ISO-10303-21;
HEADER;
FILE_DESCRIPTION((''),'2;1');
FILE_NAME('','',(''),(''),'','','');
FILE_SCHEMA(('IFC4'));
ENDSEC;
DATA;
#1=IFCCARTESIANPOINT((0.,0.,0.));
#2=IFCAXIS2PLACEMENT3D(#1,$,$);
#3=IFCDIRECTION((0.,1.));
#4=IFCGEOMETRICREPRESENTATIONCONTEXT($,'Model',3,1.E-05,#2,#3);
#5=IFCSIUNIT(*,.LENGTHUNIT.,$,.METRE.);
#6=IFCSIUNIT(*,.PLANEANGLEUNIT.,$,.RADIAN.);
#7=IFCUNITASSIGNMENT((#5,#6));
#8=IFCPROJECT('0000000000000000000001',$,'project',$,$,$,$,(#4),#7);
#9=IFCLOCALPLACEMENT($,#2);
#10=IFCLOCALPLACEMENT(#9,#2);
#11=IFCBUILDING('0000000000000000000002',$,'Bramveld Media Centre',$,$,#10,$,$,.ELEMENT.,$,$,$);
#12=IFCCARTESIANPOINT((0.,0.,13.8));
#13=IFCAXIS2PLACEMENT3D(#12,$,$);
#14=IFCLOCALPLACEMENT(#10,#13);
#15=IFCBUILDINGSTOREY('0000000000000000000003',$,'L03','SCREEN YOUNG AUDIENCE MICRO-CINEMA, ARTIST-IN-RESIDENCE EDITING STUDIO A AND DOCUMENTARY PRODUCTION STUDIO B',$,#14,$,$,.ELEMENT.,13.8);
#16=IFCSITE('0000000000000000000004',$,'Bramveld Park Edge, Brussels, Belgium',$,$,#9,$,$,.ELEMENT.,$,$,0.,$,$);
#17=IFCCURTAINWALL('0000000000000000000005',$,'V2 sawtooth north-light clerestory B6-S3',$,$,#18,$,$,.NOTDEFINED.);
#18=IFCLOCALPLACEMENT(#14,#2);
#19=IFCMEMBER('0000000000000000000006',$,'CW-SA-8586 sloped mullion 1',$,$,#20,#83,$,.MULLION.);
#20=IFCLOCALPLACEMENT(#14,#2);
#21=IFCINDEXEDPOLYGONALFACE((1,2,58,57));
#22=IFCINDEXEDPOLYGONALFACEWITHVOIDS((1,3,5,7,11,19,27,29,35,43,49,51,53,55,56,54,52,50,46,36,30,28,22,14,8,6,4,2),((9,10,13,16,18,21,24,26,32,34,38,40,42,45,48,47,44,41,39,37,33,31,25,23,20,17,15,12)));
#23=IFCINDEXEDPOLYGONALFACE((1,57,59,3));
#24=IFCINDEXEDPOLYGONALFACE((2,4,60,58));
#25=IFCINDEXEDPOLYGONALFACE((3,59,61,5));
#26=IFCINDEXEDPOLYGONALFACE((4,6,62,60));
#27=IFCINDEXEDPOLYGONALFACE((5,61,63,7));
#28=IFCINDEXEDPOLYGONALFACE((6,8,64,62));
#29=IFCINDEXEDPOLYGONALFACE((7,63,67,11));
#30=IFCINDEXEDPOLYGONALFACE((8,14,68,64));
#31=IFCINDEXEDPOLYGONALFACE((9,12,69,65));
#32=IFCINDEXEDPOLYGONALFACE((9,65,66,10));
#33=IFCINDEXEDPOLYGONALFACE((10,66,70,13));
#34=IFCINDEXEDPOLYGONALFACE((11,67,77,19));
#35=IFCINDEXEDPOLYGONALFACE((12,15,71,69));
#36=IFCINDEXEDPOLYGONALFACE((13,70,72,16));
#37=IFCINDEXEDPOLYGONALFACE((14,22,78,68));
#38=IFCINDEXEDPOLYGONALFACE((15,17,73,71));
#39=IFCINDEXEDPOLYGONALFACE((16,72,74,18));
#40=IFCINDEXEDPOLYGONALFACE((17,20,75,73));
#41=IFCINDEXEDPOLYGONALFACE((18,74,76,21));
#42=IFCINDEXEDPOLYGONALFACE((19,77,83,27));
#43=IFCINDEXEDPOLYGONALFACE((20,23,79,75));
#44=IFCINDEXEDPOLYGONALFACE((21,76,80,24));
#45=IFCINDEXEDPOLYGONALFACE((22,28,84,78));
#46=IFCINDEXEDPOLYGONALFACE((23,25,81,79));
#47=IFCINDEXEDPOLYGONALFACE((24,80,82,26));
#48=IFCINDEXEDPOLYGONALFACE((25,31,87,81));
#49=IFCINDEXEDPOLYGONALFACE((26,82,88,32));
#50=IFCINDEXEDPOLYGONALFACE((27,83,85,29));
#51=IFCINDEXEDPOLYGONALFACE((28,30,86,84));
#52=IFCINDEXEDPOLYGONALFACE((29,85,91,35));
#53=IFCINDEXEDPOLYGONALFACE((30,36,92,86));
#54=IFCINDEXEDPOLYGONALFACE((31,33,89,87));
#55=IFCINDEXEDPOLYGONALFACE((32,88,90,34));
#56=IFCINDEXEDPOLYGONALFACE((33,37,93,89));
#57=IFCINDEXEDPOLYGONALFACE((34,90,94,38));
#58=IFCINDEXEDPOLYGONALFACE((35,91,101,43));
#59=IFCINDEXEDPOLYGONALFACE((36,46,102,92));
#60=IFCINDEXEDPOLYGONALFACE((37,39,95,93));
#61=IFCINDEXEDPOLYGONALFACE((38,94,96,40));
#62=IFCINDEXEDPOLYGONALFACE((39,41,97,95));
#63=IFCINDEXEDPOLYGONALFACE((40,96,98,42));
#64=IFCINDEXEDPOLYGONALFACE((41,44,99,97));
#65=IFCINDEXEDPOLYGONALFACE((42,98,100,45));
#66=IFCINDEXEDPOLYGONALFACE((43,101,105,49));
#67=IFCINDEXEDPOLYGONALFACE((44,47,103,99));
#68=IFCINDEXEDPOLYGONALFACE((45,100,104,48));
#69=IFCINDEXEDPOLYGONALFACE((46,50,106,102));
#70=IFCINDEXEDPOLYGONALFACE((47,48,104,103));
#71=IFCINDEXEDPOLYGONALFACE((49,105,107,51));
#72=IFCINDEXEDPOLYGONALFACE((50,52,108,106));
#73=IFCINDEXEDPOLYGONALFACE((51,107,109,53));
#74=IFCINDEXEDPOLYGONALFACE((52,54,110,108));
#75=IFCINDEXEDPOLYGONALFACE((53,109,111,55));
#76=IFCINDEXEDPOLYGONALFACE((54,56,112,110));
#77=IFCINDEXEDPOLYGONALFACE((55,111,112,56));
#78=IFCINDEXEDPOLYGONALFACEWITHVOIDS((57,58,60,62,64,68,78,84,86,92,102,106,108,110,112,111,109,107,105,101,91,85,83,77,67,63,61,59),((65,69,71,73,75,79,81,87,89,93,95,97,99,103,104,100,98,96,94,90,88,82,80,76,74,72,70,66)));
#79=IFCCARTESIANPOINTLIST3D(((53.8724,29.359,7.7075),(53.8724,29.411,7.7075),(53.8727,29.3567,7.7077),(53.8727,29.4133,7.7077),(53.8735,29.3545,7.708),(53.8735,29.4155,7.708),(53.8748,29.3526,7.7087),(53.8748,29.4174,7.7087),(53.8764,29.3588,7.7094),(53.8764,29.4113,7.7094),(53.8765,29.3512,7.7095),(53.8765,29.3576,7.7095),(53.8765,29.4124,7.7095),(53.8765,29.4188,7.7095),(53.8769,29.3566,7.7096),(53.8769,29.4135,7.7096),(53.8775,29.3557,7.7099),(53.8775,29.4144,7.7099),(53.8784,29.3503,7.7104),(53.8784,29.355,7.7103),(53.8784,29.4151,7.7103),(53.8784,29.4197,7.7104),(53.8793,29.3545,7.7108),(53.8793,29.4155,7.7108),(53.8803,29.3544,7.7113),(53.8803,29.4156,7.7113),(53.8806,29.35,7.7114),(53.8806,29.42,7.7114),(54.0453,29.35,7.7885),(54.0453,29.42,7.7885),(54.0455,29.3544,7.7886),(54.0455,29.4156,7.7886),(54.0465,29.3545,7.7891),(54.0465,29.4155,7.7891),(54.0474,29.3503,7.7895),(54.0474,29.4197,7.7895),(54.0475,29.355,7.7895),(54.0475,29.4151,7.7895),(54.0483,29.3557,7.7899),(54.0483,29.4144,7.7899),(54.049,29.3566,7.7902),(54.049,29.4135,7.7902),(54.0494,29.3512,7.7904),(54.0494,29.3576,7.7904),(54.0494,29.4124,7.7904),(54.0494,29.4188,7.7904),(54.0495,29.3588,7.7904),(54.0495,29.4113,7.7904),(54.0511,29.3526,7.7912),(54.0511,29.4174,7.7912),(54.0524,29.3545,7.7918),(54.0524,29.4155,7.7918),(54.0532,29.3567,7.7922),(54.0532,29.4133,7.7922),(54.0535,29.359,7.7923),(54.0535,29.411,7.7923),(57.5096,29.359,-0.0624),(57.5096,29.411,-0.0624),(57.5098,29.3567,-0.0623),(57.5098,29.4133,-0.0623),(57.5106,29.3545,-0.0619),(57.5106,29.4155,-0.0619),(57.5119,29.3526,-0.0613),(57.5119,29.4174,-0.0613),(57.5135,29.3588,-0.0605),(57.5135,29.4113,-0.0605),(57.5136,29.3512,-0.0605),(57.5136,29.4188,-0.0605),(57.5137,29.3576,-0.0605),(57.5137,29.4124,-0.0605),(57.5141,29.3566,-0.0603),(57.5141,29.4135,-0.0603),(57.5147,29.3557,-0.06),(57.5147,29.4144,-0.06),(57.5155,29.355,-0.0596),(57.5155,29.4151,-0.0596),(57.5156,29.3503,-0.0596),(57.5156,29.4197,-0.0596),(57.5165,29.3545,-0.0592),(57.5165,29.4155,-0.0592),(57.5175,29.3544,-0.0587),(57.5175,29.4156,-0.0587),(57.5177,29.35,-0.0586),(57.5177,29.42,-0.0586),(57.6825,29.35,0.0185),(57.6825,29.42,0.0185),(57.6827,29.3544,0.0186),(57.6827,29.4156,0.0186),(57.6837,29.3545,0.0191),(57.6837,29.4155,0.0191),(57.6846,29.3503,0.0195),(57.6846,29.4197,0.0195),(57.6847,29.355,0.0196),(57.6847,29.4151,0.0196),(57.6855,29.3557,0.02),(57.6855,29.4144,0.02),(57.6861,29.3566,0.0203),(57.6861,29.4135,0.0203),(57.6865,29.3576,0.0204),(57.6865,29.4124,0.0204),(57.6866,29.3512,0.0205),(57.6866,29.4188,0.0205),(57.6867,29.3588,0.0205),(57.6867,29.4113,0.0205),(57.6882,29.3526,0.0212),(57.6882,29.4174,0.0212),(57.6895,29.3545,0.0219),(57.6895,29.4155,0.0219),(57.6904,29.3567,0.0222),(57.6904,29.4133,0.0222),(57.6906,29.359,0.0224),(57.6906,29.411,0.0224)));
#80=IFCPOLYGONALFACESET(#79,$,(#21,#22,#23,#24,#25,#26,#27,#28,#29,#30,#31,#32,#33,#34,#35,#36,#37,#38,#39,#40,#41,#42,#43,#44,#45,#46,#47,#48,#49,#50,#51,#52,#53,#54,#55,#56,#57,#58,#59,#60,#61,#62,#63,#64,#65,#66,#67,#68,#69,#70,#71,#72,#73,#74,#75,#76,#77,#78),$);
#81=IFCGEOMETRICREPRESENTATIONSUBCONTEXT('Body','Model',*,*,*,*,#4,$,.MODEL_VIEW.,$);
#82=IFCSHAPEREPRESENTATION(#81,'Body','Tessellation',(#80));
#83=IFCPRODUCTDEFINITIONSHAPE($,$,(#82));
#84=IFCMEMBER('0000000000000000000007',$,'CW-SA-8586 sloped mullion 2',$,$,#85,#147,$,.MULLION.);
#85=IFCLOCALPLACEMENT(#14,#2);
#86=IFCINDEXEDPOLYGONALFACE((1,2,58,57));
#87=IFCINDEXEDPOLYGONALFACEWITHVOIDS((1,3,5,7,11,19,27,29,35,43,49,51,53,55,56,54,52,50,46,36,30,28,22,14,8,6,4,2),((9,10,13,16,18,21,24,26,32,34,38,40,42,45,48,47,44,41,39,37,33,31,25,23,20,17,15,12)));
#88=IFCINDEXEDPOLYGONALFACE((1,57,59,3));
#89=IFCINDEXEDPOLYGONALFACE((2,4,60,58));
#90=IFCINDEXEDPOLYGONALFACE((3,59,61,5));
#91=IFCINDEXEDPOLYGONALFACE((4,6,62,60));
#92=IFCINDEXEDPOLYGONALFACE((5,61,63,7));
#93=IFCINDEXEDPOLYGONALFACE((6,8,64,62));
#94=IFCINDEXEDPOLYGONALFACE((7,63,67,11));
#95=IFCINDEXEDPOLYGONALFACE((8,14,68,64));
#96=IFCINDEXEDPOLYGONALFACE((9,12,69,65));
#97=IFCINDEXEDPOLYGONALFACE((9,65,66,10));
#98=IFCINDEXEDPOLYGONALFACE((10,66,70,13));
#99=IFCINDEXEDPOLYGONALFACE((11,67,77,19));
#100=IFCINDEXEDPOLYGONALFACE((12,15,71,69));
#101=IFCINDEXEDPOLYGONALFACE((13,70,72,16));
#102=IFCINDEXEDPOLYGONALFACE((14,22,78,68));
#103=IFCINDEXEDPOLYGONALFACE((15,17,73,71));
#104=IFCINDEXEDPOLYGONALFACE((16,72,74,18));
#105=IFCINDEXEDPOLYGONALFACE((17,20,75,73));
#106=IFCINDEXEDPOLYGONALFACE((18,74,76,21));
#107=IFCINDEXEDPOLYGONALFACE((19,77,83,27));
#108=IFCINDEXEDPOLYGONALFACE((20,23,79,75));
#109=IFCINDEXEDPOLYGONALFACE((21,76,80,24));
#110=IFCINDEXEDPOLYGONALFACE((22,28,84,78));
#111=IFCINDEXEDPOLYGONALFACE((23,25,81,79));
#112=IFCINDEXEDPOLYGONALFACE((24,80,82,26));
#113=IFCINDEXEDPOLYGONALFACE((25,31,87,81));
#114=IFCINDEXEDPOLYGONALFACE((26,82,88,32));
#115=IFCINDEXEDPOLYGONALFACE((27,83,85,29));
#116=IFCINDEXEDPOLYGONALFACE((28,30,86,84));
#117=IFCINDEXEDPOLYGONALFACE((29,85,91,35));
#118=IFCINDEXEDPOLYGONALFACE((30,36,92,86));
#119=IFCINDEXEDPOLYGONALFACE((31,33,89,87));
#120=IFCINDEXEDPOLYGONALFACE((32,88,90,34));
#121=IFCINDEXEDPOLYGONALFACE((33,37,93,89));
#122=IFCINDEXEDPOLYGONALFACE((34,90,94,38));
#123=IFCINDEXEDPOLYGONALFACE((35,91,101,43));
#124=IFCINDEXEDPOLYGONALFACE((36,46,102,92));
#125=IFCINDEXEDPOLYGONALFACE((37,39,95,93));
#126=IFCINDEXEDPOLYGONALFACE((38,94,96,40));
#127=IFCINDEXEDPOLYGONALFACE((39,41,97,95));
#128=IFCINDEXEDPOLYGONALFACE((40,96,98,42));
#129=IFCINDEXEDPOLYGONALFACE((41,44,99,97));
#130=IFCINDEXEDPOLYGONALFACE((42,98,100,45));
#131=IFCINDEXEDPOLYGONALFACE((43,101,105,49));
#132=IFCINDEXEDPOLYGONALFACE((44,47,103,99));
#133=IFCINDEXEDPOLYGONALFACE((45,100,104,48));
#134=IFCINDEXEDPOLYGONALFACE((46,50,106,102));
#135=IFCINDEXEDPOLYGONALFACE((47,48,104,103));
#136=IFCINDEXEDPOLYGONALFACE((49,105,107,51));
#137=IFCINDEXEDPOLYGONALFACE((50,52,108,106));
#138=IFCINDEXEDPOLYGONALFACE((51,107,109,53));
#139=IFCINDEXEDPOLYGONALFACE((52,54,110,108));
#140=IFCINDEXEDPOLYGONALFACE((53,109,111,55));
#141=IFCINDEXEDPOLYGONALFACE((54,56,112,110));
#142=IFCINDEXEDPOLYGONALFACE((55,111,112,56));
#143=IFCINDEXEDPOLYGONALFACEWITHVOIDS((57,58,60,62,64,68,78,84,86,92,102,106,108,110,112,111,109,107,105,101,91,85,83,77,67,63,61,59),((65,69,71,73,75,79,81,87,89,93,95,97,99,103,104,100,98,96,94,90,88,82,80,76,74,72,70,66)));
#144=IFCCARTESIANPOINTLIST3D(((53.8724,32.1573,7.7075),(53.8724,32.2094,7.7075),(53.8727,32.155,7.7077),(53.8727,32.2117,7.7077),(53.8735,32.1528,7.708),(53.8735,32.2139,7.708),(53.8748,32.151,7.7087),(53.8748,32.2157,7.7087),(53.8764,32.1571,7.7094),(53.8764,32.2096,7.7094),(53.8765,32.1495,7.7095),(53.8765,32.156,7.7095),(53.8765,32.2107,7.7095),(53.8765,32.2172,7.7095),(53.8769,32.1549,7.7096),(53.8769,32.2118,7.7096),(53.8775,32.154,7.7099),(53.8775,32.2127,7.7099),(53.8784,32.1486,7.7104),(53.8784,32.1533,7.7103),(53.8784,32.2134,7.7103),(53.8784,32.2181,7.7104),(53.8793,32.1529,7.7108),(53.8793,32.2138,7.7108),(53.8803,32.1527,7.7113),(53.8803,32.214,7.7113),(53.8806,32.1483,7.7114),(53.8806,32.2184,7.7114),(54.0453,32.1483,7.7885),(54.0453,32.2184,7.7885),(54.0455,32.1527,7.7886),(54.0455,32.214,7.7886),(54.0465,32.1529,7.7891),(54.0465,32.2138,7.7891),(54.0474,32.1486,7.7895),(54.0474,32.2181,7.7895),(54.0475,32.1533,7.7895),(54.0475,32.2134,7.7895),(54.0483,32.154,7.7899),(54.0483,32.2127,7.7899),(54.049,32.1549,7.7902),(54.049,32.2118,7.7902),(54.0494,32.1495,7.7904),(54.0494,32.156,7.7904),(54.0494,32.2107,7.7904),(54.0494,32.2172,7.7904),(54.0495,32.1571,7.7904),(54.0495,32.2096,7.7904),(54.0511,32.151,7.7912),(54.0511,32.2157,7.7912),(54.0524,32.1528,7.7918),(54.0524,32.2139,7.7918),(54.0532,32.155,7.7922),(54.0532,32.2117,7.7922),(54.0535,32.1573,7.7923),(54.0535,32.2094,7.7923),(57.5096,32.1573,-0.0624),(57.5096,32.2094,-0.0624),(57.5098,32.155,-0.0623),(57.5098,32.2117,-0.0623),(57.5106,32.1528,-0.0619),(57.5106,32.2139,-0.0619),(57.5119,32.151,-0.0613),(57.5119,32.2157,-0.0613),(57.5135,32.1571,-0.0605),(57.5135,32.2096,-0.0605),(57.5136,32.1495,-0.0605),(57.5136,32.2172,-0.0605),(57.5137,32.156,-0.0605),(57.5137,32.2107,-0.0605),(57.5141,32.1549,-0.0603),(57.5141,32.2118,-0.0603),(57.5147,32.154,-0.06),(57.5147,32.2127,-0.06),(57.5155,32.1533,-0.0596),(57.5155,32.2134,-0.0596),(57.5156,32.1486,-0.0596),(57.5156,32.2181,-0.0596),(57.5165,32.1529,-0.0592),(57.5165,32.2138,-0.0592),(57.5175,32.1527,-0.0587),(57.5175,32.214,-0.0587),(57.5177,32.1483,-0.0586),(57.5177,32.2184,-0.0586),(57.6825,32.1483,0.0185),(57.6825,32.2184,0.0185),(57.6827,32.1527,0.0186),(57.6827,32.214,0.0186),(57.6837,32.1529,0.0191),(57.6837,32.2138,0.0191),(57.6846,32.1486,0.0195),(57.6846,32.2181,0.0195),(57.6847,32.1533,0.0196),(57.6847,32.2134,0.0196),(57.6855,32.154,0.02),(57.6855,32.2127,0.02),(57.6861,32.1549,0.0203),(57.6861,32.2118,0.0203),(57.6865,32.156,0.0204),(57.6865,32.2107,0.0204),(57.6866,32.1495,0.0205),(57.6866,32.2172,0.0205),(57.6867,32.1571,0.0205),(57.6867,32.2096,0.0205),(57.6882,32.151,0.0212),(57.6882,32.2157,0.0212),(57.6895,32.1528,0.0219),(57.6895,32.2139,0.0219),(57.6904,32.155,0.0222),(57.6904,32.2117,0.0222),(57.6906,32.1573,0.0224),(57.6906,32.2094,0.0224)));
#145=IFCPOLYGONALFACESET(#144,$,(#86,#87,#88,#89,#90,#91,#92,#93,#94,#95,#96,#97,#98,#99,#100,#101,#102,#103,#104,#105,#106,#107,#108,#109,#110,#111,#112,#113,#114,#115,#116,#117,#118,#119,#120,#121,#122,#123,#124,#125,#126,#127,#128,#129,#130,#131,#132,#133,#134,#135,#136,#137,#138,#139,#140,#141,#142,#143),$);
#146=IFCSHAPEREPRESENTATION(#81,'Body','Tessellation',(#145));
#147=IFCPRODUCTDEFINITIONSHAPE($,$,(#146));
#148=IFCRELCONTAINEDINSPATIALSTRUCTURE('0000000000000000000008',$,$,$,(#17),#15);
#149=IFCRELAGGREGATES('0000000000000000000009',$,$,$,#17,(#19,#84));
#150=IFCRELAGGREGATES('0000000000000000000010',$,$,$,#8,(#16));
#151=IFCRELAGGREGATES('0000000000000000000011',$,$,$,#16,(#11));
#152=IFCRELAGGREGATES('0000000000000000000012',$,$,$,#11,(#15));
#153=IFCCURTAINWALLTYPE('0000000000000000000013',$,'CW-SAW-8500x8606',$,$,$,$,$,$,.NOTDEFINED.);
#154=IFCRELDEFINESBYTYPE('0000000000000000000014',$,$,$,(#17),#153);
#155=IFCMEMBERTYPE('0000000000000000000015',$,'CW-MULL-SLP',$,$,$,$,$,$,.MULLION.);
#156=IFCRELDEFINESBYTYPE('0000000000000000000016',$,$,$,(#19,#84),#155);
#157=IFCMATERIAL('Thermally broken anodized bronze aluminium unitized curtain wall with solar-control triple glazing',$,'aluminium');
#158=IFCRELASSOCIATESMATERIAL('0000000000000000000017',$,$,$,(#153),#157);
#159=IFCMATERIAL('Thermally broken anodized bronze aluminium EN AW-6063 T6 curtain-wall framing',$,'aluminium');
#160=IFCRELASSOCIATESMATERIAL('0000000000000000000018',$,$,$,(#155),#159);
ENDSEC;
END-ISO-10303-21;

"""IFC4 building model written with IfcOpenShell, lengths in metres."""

from ifc_helpers import new_model, si_unit, direction, frame, origin, origin_2d, place, context, subcontext, project, spatial, hollow_rectangle, extrude, material, material_profile, profile_set, type_object, element, aggregate, save


model = new_model("IFC4")

# Units and contexts
model_context = context("Model", 3, precision=1e-05, world=origin(), true_north=direction((0.0, 1.0)))
body_context = subcontext(model_context, "Body", "Model", "MODEL_VIEW")
ifc_project = project(units=[si_unit("LENGTHUNIT", "METRE"), si_unit("PLANEANGLEUNIT", "RADIAN")], contexts=[model_context])

# Site, building, storey
site_placement = place(None, origin())
site = spatial("IfcSite", under=ifc_project, at=site_placement, Name="Bramveld Park Edge, Brussels, Belgium", CompositionType="ELEMENT", RefElevation=0.0)
building_placement = place(site_placement, origin())
building = spatial("IfcBuilding", under=site, at=building_placement, Name="Bramveld Media Centre", CompositionType="ELEMENT")
storey_placement = place(building_placement, frame((0.0, 0.0, 13.8)))
storey = spatial("IfcBuildingStorey", under=building, at=storey_placement, Name="L03", Description="SCREEN YOUNG AUDIENCE MICRO-CINEMA, ARTIST-IN-RESIDENCE EDITING STUDIO A AND DOCUMENTARY PRODUCTION STUDIO B", CompositionType="ELEMENT", Elevation=13.8)

# Curtain wall, members
ifc_material_1 = material(Name="Thermally broken anodized bronze aluminium unitized curtain wall with solar-control triple glazing", Category="aluminium")
curtain_wall_type = type_object("IfcCurtainWallType", Name="CW-SAW-8500x8606", PredefinedType="NOTDEFINED", material=ifc_material_1)
curtain_wall_placement = place(storey_placement, origin())
curtain_wall = element("IfcCurtainWall", 1, at=curtain_wall_placement, inside=storey, type_object=curtain_wall_type, Name="V2 sawtooth north-light clerestory B6-S3", PredefinedType="NOTDEFINED")
ifc_material_2 = material(Name="Thermally broken anodized bronze aluminium EN AW-6063 T6 curtain-wall framing", Category="aluminium")
ifc_material_profile_1 = material_profile(ifc_material_2, hollow_rectangle(XDim=0.0701, YDim=0.2, WallThickness=0.0044, InnerFilletRadius=0.0044, OuterFilletRadius=0.009, at=origin_2d()), Name="AL-MULL 70x200")
ifc_profile_set_1 = profile_set([ifc_material_profile_1], Name="Thermally broken anodized bronze aluminium EN AW-6063 T6 curtain-wall framing")
member_type_1 = type_object("IfcMemberType", Name="CW-MULL-SLP", PredefinedType="MULLION", material=ifc_profile_set_1)
member_1_placement = place(storey_placement, frame((57.6001, 29.385, -0.02), z_axis=(-0.423957, 0.0, 0.905682), x_axis=(0.0, -1.0, 0.0)))
member_1 = element("IfcMember", 2, at=member_1_placement, type_object=member_type_1, Name="CW-SA-8586 sloped mullion 1", PredefinedType="MULLION", context=body_context, shape_type="SweptSolid", body=[
    extrude(hollow_rectangle(XDim=0.0701, YDim=0.2, WallThickness=0.0044, InnerFilletRadius=0.0044, OuterFilletRadius=0.009, at=origin_2d()), origin(), (0.0, 0.0, 1.0), 8.5791),
])
member_2_placement = place(storey_placement, frame((57.6001, 32.1833, -0.02), z_axis=(-0.423957, 0.0, 0.905682), x_axis=(0.0, -1.0, 0.0)))
member_2 = element("IfcMember", 3, at=member_2_placement, type_object=member_type_1, Name="CW-SA-8586 sloped mullion 2", PredefinedType="MULLION", context=body_context, shape_type="SweptSolid", body=[
    extrude(hollow_rectangle(XDim=0.0701, YDim=0.2, WallThickness=0.0044, InnerFilletRadius=0.0044, OuterFilletRadius=0.009, at=origin_2d()), origin(), (0.0, 0.0, 1.0), 8.5791),
])

aggregate(curtain_wall, [member_1, member_2])

save(model, "model.ifc")
